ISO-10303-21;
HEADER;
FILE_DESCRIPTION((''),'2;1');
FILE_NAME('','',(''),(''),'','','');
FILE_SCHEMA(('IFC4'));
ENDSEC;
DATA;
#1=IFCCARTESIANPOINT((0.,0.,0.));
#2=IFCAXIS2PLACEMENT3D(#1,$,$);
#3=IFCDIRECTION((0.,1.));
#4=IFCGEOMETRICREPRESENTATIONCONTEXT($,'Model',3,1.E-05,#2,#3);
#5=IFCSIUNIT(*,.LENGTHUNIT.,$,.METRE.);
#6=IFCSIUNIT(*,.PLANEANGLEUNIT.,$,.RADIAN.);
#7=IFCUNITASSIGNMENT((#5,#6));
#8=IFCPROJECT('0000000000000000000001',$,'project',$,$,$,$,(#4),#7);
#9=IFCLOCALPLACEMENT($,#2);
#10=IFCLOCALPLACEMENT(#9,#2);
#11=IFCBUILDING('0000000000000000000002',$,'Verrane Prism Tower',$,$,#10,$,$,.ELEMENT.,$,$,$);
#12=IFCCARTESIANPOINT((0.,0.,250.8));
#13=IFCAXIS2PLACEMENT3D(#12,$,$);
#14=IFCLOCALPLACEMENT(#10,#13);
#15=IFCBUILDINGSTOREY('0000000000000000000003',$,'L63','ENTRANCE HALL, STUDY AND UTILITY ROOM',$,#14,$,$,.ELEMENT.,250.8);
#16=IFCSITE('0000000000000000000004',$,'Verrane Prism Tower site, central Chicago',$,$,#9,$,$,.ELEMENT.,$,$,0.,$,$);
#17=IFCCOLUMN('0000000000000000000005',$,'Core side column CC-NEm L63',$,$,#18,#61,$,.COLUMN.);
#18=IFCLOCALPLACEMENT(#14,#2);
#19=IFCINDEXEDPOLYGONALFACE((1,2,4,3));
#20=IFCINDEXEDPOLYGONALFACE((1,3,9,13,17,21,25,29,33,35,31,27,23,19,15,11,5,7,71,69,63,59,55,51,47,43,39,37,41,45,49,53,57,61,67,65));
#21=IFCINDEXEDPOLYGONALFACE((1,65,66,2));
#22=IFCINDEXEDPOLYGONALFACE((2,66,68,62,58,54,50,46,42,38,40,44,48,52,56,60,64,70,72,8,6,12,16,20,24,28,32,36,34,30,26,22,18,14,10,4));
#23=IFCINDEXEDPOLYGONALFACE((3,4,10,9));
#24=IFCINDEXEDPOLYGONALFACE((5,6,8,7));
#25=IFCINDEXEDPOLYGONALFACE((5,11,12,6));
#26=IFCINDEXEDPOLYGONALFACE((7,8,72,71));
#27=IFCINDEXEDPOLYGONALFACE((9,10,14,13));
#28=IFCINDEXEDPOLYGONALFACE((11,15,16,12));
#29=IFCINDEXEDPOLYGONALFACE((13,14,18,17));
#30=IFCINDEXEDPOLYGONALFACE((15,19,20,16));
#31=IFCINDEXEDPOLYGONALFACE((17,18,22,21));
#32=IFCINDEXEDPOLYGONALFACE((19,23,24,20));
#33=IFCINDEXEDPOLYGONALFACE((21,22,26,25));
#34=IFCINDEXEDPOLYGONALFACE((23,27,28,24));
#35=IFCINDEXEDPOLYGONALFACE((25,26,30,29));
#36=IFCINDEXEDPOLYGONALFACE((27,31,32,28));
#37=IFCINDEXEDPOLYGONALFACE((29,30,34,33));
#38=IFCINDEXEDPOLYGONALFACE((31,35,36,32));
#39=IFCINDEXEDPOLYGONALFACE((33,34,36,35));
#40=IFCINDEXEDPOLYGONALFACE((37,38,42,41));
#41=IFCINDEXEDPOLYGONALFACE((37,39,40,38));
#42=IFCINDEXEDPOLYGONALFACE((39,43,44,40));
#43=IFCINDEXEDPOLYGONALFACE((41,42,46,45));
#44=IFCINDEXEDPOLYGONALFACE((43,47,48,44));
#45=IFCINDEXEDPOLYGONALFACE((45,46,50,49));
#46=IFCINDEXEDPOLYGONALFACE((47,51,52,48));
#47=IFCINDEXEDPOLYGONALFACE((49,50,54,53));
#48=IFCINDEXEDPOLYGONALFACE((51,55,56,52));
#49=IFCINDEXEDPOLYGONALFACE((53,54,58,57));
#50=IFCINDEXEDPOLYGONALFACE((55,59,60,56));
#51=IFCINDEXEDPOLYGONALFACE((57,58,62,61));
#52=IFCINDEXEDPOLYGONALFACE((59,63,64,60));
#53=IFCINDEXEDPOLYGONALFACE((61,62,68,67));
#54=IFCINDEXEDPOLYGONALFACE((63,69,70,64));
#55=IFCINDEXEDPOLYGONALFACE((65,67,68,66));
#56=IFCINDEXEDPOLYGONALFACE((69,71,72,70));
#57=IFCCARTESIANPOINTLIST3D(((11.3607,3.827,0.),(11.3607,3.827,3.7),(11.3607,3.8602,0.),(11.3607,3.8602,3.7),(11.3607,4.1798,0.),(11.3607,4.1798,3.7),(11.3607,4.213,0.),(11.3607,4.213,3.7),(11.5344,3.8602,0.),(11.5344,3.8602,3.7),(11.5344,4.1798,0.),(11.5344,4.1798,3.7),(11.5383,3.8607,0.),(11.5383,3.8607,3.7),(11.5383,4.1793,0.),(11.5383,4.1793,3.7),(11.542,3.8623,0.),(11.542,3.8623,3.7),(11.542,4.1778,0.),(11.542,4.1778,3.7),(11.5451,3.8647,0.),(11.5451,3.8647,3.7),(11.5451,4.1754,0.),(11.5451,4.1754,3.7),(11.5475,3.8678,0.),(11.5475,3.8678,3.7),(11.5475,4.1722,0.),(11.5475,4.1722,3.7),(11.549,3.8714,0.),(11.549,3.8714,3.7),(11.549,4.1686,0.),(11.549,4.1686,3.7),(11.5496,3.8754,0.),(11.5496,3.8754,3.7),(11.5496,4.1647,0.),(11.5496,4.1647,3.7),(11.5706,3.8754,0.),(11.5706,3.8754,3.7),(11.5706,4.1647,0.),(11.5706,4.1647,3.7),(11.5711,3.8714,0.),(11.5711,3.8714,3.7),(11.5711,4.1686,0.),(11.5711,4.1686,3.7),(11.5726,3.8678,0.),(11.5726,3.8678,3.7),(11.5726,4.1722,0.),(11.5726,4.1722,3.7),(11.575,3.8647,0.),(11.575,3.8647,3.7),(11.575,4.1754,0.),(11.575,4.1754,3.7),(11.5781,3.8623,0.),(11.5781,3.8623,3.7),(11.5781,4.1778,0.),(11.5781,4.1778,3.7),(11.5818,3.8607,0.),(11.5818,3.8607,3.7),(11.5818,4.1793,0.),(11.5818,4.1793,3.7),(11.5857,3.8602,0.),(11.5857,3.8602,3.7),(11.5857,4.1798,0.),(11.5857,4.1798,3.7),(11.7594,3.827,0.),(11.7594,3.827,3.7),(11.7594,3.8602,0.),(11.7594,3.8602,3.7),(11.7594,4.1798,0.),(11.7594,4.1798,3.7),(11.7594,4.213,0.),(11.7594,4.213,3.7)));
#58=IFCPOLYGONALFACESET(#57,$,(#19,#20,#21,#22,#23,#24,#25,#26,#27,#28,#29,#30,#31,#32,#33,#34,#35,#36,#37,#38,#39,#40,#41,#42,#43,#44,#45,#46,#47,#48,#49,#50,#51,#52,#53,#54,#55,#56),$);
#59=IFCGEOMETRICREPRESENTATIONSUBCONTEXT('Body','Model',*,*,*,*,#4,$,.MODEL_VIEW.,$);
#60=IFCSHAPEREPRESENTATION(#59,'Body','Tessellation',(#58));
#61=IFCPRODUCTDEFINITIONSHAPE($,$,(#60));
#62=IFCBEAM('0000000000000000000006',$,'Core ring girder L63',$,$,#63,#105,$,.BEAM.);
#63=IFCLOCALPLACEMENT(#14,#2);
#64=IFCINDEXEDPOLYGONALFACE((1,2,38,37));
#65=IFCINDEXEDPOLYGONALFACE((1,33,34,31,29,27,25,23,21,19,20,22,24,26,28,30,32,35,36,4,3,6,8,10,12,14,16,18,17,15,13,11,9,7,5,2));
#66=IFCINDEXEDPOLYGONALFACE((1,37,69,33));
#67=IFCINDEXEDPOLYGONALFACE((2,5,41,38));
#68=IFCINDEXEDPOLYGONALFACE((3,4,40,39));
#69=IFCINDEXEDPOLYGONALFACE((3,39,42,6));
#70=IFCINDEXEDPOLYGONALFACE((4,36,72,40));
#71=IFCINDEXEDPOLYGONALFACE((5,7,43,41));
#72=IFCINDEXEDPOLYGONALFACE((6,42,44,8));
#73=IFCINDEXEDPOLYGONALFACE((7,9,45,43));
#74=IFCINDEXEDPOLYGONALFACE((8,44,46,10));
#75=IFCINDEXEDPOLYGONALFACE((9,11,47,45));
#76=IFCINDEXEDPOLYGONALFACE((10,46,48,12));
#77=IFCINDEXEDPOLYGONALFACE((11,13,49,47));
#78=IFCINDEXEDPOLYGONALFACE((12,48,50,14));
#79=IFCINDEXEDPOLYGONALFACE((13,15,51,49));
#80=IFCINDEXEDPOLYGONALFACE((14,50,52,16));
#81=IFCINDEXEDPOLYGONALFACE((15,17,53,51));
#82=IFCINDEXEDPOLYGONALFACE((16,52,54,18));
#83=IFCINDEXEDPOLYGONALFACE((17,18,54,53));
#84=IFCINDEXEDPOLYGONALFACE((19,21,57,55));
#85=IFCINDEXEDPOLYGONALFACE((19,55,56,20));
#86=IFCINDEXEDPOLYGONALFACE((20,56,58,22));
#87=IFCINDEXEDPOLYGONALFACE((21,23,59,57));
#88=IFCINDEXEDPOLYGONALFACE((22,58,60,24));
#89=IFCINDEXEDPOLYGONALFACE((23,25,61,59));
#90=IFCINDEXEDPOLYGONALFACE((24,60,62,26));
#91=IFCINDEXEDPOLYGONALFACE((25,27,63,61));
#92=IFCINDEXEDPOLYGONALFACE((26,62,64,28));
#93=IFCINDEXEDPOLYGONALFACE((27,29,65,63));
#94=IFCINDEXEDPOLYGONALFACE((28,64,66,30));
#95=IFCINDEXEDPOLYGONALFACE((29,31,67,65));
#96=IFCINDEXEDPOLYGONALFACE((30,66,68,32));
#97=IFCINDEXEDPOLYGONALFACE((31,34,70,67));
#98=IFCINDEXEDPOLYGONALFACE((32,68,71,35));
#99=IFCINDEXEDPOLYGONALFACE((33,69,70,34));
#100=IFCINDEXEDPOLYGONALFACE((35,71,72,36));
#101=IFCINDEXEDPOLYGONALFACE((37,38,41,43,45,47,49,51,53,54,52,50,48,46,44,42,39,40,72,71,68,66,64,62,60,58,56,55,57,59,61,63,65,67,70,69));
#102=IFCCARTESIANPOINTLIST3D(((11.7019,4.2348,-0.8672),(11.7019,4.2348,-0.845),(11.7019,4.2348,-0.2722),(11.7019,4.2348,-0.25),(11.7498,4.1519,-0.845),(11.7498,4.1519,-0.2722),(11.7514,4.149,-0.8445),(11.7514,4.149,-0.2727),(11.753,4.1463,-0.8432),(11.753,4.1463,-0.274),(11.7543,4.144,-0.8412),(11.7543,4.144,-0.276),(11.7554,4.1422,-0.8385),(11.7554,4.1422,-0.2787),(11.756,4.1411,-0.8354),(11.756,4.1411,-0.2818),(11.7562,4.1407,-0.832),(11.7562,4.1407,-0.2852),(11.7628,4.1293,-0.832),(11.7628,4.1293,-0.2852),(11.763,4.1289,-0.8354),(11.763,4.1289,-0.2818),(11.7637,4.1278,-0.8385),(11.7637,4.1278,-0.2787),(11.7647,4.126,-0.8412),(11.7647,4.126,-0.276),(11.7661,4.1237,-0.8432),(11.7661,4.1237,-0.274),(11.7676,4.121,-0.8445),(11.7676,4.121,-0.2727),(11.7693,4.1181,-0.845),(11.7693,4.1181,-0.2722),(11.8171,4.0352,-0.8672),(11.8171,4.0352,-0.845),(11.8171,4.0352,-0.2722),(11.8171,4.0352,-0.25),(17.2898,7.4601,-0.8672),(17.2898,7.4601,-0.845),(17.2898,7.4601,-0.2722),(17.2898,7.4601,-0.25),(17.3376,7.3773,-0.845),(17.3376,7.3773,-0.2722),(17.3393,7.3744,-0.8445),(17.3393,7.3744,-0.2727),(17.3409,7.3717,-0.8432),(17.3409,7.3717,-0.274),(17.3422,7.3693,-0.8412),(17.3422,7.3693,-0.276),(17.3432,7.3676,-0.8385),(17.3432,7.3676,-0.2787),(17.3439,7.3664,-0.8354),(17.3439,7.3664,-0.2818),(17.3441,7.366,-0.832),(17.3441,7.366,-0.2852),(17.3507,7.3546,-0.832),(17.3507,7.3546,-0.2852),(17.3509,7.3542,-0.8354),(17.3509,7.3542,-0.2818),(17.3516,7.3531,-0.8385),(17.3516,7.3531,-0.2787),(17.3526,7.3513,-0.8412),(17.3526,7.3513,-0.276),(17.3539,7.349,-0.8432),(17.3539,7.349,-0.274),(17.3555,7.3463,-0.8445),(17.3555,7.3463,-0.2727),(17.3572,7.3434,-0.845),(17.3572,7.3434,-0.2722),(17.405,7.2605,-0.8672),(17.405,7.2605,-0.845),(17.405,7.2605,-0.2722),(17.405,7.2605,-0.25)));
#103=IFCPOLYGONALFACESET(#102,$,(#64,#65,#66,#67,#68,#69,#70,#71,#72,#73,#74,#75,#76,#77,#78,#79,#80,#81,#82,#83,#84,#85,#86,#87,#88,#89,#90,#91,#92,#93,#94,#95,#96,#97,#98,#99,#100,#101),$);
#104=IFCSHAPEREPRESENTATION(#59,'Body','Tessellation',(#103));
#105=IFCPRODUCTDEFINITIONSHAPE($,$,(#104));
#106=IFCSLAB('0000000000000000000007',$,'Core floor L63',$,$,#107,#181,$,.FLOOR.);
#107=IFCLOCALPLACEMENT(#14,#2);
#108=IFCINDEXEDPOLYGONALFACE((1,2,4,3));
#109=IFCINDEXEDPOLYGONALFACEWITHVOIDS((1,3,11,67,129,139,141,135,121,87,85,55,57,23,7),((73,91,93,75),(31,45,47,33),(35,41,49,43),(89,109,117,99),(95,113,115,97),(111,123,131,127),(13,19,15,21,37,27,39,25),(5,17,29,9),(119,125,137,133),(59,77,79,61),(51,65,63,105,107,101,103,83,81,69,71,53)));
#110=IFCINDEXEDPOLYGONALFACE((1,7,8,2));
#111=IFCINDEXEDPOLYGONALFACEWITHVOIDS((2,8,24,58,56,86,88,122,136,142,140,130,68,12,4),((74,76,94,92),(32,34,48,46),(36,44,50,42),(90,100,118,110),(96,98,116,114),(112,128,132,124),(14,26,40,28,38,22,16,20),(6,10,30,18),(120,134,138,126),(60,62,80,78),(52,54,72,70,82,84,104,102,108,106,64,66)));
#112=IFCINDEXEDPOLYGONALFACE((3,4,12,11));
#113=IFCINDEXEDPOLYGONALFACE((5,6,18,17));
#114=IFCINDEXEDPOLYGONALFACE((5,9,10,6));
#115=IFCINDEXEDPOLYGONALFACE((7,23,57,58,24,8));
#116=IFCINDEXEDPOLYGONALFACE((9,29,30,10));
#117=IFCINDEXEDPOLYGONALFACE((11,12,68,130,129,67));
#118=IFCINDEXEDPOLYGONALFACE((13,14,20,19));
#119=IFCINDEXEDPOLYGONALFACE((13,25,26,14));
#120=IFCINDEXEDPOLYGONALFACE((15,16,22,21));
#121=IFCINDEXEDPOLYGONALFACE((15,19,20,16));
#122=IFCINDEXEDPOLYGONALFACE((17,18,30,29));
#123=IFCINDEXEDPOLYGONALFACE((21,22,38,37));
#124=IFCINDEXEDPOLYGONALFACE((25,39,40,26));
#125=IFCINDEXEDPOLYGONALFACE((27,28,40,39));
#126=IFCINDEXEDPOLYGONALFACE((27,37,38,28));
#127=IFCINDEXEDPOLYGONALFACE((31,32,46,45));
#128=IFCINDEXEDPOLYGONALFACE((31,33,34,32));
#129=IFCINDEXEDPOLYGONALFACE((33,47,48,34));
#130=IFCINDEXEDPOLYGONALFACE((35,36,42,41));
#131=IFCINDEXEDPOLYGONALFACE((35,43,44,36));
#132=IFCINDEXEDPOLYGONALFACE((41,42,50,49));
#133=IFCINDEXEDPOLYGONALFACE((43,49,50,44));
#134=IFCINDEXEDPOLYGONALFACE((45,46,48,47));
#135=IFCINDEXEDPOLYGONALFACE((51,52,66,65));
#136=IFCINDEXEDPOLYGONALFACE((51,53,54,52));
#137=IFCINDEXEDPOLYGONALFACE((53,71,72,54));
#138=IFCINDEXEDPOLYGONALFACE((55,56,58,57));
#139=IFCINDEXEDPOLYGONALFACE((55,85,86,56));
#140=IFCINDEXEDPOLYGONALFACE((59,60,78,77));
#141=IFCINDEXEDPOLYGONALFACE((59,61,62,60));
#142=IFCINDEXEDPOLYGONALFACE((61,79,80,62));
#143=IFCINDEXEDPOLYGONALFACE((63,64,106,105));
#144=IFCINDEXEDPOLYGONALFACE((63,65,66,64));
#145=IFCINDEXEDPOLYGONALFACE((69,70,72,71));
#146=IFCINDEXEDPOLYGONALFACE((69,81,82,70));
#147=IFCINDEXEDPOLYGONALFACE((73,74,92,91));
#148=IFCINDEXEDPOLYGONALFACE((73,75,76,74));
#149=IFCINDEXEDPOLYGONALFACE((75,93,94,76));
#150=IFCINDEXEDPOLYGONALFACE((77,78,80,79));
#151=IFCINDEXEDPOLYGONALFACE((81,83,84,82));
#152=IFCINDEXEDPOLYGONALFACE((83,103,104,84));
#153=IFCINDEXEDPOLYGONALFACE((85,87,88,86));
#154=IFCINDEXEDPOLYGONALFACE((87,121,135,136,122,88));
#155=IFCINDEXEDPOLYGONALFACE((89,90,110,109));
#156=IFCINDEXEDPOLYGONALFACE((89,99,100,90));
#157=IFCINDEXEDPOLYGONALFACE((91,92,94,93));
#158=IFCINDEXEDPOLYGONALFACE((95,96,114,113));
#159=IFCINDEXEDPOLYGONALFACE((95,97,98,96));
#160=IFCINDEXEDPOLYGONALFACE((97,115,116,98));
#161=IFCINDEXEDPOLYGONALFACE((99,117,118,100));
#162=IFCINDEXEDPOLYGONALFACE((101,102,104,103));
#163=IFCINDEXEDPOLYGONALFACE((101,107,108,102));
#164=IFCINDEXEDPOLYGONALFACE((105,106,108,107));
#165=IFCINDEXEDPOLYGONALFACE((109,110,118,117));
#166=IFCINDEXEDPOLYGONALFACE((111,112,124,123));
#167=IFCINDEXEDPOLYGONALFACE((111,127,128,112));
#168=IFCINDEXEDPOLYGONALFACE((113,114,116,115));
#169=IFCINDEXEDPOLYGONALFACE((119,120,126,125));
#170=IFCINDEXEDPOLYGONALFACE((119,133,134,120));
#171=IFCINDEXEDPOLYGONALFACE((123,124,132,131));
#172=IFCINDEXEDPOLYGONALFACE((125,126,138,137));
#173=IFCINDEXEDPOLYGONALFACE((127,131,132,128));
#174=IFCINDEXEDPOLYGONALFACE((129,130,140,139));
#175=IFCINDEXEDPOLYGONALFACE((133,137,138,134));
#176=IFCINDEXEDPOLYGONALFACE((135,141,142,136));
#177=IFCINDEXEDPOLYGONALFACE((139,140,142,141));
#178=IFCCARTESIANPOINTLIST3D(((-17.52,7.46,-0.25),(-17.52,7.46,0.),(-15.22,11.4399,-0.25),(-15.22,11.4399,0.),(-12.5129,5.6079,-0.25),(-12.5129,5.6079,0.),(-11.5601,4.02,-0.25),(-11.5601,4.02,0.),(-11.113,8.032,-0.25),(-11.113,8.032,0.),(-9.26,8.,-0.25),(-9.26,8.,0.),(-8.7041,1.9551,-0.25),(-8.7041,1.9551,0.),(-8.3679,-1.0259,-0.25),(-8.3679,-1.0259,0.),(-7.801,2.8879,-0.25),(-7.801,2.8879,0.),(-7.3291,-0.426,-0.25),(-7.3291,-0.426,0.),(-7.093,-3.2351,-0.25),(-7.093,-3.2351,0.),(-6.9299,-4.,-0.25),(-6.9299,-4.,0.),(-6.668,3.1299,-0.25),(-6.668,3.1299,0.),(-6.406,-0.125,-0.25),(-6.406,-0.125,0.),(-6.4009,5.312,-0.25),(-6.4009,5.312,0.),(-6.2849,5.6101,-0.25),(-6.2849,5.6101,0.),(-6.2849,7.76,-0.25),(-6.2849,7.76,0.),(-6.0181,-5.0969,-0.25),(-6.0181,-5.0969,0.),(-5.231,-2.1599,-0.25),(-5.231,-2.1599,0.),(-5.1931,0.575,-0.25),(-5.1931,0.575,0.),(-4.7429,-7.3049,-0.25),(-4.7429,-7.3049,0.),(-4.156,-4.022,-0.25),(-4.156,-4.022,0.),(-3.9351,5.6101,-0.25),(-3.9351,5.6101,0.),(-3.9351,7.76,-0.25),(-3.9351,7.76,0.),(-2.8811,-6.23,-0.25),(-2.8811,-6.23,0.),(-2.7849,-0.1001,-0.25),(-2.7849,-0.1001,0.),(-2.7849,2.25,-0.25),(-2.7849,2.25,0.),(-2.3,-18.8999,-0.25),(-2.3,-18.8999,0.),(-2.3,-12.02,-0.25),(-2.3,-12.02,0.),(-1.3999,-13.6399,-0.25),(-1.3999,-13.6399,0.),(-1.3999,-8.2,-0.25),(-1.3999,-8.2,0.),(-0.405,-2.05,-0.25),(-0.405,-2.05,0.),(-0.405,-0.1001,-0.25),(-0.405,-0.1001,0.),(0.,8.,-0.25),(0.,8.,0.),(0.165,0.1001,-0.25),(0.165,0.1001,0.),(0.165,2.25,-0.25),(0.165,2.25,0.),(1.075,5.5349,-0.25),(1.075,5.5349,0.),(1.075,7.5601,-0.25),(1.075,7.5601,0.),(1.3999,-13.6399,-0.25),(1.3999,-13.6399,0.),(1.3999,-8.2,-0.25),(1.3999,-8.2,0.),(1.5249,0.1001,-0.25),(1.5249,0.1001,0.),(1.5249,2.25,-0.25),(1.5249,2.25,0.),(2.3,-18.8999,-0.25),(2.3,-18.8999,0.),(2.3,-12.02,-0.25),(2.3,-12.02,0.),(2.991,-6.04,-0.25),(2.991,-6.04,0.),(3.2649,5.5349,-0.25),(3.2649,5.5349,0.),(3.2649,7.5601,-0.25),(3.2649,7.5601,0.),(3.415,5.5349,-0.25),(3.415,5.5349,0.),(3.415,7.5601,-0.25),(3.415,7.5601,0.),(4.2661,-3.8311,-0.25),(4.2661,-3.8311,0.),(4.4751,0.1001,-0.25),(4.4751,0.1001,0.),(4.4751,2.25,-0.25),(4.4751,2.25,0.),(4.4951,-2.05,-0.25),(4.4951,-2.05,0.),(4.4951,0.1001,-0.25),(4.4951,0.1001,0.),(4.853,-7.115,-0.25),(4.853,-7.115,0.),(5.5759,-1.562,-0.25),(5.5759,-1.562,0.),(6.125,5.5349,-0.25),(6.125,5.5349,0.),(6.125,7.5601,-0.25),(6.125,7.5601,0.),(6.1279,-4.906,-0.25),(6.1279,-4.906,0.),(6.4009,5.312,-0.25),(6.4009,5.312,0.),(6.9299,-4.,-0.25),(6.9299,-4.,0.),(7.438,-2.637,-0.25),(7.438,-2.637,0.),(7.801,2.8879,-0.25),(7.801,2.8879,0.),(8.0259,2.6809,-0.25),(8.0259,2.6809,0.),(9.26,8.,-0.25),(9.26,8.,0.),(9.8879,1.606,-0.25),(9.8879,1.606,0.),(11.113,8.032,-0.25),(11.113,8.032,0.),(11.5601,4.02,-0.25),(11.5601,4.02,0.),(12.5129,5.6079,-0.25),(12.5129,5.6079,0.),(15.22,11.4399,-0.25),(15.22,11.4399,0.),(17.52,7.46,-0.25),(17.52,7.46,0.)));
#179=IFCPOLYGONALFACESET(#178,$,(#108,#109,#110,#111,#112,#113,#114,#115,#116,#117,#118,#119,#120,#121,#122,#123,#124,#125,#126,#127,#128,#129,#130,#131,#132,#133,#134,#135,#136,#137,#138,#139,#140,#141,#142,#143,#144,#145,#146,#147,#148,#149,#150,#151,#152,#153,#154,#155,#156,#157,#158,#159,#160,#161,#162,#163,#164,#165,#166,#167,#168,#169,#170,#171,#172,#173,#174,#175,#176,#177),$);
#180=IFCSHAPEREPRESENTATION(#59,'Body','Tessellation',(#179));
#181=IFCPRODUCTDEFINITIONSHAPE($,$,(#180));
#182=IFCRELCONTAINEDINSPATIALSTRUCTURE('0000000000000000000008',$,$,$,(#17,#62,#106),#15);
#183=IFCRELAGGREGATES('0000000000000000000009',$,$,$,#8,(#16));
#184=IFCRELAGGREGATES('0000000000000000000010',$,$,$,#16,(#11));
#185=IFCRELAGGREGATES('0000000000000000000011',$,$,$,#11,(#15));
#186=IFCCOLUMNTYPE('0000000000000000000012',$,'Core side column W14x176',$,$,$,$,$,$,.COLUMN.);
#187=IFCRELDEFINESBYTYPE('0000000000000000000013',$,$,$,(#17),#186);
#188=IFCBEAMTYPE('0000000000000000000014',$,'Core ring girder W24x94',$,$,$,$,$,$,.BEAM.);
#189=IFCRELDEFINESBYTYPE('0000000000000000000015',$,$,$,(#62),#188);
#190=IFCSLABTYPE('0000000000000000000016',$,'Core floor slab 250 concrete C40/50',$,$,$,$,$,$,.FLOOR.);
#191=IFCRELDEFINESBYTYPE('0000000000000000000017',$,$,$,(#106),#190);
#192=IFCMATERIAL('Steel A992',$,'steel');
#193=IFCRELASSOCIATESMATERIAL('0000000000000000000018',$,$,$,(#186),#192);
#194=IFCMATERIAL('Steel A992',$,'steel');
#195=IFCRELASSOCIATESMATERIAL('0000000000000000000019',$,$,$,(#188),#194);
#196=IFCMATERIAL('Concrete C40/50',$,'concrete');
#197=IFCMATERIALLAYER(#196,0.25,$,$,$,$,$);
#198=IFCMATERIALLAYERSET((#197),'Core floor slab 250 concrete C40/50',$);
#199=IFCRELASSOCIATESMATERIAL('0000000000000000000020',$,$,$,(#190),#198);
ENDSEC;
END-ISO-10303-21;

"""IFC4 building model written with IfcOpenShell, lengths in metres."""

from ifc_helpers import new_model, si_unit, direction, frame, origin, origin_2d, place, context, subcontext, project, spatial, polyline, i_section, outline, extrude, material, layer, layer_set, material_profile, profile_set, type_object, element, save


model = new_model("IFC4")

# Units and contexts
model_context = context("Model", 3, precision=1e-05, world=origin(), true_north=direction((0.0, 1.0)))
body_context = subcontext(model_context, "Body", "Model", "MODEL_VIEW")
ifc_project = project(units=[si_unit("LENGTHUNIT", "METRE"), si_unit("PLANEANGLEUNIT", "RADIAN")], contexts=[model_context])

# Site, building, storey
site_placement = place(None, origin())
site = spatial("IfcSite", under=ifc_project, at=site_placement, Name="Verrane Prism Tower site, central Chicago", CompositionType="ELEMENT", RefElevation=0.0)
building_placement = place(site_placement, origin())
building = spatial("IfcBuilding", under=site, at=building_placement, Name="Verrane Prism Tower", CompositionType="ELEMENT")
storey_placement = place(building_placement, frame((0.0, 0.0, 250.8)))
storey = spatial("IfcBuildingStorey", under=building, at=storey_placement, Name="L63", Description="ENTRANCE HALL, STUDY AND UTILITY ROOM", CompositionType="ELEMENT", Elevation=250.8)

# Column
ifc_material_1 = material(Name="Steel A992", Category="steel")
ifc_material_profile_1 = material_profile(ifc_material_1, i_section(OverallWidth=0.3987, OverallDepth=0.386, WebThickness=0.021, FlangeThickness=0.0332, FilletRadius=0.0151, at=origin_2d()), Name="W14x176")
ifc_profile_set_1 = profile_set([ifc_material_profile_1], Name="Steel A992")
column_type = type_object("IfcColumnType", Name="Core side column W14x176", PredefinedType="COLUMN", material=ifc_profile_set_1)
column_placement = place(storey_placement, frame((11.5601, 4.02, 0.0), z_axis=(0.0, 0.0, 1.0), x_axis=(1.0, 0.0, 0.0)))
element("IfcColumn", 1, at=column_placement, inside=storey, type_object=column_type, Name="Core side column CC-NEm L63", PredefinedType="COLUMN", context=body_context, shape_type="SweptSolid", body=[
    extrude(i_section(OverallWidth=0.3987, OverallDepth=0.386, WebThickness=0.021, FlangeThickness=0.0332, FilletRadius=0.0151, at=origin_2d()), origin(), (0.0, 0.0, 1.0), 3.7),
])

# Beam
ifc_material_2 = material(Name="Steel A992", Category="steel")
ifc_material_profile_2 = material_profile(ifc_material_2, i_section(OverallWidth=0.2305, OverallDepth=0.6172, WebThickness=0.0132, FlangeThickness=0.0222, FilletRadius=0.0129, at=origin_2d()), Name="W24x94")
ifc_profile_set_2 = profile_set([ifc_material_profile_2], Name="Steel A992")
beam_type = type_object("IfcBeamType", Name="Core ring girder W24x94", PredefinedType="BEAM", material=ifc_profile_set_2)
beam_placement = place(storey_placement, frame((11.7595, 4.135, -0.5586), z_axis=(0.866081, 0.499904, 0.0), x_axis=(-0.499904, 0.866081, 0.0)))
element("IfcBeam", 2, at=beam_placement, inside=storey, type_object=beam_type, Name="Core ring girder L63", PredefinedType="BEAM", context=body_context, shape_type="SweptSolid", body=[
    extrude(i_section(OverallWidth=0.2305, OverallDepth=0.6172, WebThickness=0.0132, FlangeThickness=0.0222, FilletRadius=0.0129, at=origin_2d()), origin(), (0.0, 0.0, 1.0), 6.4519),
])

# Slab
ifc_material_3 = material(Name="Concrete C40/50", Category="concrete")
ifc_layer_1 = layer(ifc_material_3, 0.25)
ifc_layer_set_1 = layer_set([ifc_layer_1], Name="Core floor slab 250 concrete C40/50")
slab_type = type_object("IfcSlabType", Name="Core floor slab 250 concrete C40/50", PredefinedType="FLOOR", material=ifc_layer_set_1)
slab_placement = place(storey_placement, frame((0.0, 0.0, -0.25)))
element("IfcSlab", 3, at=slab_placement, inside=storey, type_object=slab_type, Name="Core floor L63", PredefinedType="FLOOR", context=body_context, shape_type="SweptSolid", body=[
    extrude(outline(polyline([(11.5601, 4.02), (17.52, 7.46), (15.22, 11.4399), (9.26, 8.0), (0.0, 8.0), (-9.26, 8.0), (-15.22, 11.4399), (-17.52, 7.46), (-11.5601, 4.02), (-6.9299, -4.0), (-2.3, -12.02), (-2.3, -18.8999), (2.3, -18.8999), (2.3, -12.02), (6.9299, -4.0), (11.5601, 4.02)]), holes=[polyline([(1.3999, -8.2), (1.3999, -13.6399), (-1.3999, -13.6399), (-1.3999, -8.2), (1.3999, -8.2)]), polyline([(-2.8811, -6.23), (-4.7429, -7.3049), (-6.0181, -5.0969), (-4.156, -4.022), (-2.8811, -6.23)]), polyline([(-7.801, 2.8879), (-12.5129, 5.6079), (-11.113, 8.032), (-6.4009, 5.312), (-7.801, 2.8879)]), polyline([(-6.2849, 5.6101), (-6.2849, 7.76), (-3.9351, 7.76), (-3.9351, 5.6101), (-6.2849, 5.6101)]), polyline([(4.2661, -3.8311), (6.1279, -4.906), (4.853, -7.115), (2.991, -6.04), (4.2661, -3.8311)]), polyline([(7.438, -2.637), (5.5759, -1.562), (8.0259, 2.6809), (9.8879, 1.606), (7.438, -2.637)]), polyline([(0.165, 0.1001), (1.5249, 0.1001), (1.5249, 2.25), (4.4751, 2.25), (4.4751, 0.1001), (4.4951, 0.1001), (4.4951, -2.05), (-0.405, -2.05), (-0.405, -0.1001), (-2.7849, -0.1001), (-2.7849, 2.25), (0.165, 2.25), (0.165, 0.1001)]), polyline([(6.4009, 5.312), (11.113, 8.032), (12.5129, 5.6079), (7.801, 2.8879), (6.4009, 5.312)]), polyline([(1.075, 5.5349), (1.075, 7.5601), (3.2649, 7.5601), (3.2649, 5.5349), (1.075, 5.5349)]), polyline([(3.415, 7.5601), (6.125, 7.5601), (6.125, 5.5349), (3.415, 5.5349), (3.415, 7.5601)]), polyline([(-5.231, -2.1599), (-7.093, -3.2351), (-8.3679, -1.0259), (-7.3291, -0.426), (-8.7041, 1.9551), (-6.668, 3.1299), (-5.1931, 0.575), (-6.406, -0.125), (-5.231, -2.1599)])]), origin(), (0.0, 0.0, 1.0), 0.25),
])

save(model, "model.ifc")
